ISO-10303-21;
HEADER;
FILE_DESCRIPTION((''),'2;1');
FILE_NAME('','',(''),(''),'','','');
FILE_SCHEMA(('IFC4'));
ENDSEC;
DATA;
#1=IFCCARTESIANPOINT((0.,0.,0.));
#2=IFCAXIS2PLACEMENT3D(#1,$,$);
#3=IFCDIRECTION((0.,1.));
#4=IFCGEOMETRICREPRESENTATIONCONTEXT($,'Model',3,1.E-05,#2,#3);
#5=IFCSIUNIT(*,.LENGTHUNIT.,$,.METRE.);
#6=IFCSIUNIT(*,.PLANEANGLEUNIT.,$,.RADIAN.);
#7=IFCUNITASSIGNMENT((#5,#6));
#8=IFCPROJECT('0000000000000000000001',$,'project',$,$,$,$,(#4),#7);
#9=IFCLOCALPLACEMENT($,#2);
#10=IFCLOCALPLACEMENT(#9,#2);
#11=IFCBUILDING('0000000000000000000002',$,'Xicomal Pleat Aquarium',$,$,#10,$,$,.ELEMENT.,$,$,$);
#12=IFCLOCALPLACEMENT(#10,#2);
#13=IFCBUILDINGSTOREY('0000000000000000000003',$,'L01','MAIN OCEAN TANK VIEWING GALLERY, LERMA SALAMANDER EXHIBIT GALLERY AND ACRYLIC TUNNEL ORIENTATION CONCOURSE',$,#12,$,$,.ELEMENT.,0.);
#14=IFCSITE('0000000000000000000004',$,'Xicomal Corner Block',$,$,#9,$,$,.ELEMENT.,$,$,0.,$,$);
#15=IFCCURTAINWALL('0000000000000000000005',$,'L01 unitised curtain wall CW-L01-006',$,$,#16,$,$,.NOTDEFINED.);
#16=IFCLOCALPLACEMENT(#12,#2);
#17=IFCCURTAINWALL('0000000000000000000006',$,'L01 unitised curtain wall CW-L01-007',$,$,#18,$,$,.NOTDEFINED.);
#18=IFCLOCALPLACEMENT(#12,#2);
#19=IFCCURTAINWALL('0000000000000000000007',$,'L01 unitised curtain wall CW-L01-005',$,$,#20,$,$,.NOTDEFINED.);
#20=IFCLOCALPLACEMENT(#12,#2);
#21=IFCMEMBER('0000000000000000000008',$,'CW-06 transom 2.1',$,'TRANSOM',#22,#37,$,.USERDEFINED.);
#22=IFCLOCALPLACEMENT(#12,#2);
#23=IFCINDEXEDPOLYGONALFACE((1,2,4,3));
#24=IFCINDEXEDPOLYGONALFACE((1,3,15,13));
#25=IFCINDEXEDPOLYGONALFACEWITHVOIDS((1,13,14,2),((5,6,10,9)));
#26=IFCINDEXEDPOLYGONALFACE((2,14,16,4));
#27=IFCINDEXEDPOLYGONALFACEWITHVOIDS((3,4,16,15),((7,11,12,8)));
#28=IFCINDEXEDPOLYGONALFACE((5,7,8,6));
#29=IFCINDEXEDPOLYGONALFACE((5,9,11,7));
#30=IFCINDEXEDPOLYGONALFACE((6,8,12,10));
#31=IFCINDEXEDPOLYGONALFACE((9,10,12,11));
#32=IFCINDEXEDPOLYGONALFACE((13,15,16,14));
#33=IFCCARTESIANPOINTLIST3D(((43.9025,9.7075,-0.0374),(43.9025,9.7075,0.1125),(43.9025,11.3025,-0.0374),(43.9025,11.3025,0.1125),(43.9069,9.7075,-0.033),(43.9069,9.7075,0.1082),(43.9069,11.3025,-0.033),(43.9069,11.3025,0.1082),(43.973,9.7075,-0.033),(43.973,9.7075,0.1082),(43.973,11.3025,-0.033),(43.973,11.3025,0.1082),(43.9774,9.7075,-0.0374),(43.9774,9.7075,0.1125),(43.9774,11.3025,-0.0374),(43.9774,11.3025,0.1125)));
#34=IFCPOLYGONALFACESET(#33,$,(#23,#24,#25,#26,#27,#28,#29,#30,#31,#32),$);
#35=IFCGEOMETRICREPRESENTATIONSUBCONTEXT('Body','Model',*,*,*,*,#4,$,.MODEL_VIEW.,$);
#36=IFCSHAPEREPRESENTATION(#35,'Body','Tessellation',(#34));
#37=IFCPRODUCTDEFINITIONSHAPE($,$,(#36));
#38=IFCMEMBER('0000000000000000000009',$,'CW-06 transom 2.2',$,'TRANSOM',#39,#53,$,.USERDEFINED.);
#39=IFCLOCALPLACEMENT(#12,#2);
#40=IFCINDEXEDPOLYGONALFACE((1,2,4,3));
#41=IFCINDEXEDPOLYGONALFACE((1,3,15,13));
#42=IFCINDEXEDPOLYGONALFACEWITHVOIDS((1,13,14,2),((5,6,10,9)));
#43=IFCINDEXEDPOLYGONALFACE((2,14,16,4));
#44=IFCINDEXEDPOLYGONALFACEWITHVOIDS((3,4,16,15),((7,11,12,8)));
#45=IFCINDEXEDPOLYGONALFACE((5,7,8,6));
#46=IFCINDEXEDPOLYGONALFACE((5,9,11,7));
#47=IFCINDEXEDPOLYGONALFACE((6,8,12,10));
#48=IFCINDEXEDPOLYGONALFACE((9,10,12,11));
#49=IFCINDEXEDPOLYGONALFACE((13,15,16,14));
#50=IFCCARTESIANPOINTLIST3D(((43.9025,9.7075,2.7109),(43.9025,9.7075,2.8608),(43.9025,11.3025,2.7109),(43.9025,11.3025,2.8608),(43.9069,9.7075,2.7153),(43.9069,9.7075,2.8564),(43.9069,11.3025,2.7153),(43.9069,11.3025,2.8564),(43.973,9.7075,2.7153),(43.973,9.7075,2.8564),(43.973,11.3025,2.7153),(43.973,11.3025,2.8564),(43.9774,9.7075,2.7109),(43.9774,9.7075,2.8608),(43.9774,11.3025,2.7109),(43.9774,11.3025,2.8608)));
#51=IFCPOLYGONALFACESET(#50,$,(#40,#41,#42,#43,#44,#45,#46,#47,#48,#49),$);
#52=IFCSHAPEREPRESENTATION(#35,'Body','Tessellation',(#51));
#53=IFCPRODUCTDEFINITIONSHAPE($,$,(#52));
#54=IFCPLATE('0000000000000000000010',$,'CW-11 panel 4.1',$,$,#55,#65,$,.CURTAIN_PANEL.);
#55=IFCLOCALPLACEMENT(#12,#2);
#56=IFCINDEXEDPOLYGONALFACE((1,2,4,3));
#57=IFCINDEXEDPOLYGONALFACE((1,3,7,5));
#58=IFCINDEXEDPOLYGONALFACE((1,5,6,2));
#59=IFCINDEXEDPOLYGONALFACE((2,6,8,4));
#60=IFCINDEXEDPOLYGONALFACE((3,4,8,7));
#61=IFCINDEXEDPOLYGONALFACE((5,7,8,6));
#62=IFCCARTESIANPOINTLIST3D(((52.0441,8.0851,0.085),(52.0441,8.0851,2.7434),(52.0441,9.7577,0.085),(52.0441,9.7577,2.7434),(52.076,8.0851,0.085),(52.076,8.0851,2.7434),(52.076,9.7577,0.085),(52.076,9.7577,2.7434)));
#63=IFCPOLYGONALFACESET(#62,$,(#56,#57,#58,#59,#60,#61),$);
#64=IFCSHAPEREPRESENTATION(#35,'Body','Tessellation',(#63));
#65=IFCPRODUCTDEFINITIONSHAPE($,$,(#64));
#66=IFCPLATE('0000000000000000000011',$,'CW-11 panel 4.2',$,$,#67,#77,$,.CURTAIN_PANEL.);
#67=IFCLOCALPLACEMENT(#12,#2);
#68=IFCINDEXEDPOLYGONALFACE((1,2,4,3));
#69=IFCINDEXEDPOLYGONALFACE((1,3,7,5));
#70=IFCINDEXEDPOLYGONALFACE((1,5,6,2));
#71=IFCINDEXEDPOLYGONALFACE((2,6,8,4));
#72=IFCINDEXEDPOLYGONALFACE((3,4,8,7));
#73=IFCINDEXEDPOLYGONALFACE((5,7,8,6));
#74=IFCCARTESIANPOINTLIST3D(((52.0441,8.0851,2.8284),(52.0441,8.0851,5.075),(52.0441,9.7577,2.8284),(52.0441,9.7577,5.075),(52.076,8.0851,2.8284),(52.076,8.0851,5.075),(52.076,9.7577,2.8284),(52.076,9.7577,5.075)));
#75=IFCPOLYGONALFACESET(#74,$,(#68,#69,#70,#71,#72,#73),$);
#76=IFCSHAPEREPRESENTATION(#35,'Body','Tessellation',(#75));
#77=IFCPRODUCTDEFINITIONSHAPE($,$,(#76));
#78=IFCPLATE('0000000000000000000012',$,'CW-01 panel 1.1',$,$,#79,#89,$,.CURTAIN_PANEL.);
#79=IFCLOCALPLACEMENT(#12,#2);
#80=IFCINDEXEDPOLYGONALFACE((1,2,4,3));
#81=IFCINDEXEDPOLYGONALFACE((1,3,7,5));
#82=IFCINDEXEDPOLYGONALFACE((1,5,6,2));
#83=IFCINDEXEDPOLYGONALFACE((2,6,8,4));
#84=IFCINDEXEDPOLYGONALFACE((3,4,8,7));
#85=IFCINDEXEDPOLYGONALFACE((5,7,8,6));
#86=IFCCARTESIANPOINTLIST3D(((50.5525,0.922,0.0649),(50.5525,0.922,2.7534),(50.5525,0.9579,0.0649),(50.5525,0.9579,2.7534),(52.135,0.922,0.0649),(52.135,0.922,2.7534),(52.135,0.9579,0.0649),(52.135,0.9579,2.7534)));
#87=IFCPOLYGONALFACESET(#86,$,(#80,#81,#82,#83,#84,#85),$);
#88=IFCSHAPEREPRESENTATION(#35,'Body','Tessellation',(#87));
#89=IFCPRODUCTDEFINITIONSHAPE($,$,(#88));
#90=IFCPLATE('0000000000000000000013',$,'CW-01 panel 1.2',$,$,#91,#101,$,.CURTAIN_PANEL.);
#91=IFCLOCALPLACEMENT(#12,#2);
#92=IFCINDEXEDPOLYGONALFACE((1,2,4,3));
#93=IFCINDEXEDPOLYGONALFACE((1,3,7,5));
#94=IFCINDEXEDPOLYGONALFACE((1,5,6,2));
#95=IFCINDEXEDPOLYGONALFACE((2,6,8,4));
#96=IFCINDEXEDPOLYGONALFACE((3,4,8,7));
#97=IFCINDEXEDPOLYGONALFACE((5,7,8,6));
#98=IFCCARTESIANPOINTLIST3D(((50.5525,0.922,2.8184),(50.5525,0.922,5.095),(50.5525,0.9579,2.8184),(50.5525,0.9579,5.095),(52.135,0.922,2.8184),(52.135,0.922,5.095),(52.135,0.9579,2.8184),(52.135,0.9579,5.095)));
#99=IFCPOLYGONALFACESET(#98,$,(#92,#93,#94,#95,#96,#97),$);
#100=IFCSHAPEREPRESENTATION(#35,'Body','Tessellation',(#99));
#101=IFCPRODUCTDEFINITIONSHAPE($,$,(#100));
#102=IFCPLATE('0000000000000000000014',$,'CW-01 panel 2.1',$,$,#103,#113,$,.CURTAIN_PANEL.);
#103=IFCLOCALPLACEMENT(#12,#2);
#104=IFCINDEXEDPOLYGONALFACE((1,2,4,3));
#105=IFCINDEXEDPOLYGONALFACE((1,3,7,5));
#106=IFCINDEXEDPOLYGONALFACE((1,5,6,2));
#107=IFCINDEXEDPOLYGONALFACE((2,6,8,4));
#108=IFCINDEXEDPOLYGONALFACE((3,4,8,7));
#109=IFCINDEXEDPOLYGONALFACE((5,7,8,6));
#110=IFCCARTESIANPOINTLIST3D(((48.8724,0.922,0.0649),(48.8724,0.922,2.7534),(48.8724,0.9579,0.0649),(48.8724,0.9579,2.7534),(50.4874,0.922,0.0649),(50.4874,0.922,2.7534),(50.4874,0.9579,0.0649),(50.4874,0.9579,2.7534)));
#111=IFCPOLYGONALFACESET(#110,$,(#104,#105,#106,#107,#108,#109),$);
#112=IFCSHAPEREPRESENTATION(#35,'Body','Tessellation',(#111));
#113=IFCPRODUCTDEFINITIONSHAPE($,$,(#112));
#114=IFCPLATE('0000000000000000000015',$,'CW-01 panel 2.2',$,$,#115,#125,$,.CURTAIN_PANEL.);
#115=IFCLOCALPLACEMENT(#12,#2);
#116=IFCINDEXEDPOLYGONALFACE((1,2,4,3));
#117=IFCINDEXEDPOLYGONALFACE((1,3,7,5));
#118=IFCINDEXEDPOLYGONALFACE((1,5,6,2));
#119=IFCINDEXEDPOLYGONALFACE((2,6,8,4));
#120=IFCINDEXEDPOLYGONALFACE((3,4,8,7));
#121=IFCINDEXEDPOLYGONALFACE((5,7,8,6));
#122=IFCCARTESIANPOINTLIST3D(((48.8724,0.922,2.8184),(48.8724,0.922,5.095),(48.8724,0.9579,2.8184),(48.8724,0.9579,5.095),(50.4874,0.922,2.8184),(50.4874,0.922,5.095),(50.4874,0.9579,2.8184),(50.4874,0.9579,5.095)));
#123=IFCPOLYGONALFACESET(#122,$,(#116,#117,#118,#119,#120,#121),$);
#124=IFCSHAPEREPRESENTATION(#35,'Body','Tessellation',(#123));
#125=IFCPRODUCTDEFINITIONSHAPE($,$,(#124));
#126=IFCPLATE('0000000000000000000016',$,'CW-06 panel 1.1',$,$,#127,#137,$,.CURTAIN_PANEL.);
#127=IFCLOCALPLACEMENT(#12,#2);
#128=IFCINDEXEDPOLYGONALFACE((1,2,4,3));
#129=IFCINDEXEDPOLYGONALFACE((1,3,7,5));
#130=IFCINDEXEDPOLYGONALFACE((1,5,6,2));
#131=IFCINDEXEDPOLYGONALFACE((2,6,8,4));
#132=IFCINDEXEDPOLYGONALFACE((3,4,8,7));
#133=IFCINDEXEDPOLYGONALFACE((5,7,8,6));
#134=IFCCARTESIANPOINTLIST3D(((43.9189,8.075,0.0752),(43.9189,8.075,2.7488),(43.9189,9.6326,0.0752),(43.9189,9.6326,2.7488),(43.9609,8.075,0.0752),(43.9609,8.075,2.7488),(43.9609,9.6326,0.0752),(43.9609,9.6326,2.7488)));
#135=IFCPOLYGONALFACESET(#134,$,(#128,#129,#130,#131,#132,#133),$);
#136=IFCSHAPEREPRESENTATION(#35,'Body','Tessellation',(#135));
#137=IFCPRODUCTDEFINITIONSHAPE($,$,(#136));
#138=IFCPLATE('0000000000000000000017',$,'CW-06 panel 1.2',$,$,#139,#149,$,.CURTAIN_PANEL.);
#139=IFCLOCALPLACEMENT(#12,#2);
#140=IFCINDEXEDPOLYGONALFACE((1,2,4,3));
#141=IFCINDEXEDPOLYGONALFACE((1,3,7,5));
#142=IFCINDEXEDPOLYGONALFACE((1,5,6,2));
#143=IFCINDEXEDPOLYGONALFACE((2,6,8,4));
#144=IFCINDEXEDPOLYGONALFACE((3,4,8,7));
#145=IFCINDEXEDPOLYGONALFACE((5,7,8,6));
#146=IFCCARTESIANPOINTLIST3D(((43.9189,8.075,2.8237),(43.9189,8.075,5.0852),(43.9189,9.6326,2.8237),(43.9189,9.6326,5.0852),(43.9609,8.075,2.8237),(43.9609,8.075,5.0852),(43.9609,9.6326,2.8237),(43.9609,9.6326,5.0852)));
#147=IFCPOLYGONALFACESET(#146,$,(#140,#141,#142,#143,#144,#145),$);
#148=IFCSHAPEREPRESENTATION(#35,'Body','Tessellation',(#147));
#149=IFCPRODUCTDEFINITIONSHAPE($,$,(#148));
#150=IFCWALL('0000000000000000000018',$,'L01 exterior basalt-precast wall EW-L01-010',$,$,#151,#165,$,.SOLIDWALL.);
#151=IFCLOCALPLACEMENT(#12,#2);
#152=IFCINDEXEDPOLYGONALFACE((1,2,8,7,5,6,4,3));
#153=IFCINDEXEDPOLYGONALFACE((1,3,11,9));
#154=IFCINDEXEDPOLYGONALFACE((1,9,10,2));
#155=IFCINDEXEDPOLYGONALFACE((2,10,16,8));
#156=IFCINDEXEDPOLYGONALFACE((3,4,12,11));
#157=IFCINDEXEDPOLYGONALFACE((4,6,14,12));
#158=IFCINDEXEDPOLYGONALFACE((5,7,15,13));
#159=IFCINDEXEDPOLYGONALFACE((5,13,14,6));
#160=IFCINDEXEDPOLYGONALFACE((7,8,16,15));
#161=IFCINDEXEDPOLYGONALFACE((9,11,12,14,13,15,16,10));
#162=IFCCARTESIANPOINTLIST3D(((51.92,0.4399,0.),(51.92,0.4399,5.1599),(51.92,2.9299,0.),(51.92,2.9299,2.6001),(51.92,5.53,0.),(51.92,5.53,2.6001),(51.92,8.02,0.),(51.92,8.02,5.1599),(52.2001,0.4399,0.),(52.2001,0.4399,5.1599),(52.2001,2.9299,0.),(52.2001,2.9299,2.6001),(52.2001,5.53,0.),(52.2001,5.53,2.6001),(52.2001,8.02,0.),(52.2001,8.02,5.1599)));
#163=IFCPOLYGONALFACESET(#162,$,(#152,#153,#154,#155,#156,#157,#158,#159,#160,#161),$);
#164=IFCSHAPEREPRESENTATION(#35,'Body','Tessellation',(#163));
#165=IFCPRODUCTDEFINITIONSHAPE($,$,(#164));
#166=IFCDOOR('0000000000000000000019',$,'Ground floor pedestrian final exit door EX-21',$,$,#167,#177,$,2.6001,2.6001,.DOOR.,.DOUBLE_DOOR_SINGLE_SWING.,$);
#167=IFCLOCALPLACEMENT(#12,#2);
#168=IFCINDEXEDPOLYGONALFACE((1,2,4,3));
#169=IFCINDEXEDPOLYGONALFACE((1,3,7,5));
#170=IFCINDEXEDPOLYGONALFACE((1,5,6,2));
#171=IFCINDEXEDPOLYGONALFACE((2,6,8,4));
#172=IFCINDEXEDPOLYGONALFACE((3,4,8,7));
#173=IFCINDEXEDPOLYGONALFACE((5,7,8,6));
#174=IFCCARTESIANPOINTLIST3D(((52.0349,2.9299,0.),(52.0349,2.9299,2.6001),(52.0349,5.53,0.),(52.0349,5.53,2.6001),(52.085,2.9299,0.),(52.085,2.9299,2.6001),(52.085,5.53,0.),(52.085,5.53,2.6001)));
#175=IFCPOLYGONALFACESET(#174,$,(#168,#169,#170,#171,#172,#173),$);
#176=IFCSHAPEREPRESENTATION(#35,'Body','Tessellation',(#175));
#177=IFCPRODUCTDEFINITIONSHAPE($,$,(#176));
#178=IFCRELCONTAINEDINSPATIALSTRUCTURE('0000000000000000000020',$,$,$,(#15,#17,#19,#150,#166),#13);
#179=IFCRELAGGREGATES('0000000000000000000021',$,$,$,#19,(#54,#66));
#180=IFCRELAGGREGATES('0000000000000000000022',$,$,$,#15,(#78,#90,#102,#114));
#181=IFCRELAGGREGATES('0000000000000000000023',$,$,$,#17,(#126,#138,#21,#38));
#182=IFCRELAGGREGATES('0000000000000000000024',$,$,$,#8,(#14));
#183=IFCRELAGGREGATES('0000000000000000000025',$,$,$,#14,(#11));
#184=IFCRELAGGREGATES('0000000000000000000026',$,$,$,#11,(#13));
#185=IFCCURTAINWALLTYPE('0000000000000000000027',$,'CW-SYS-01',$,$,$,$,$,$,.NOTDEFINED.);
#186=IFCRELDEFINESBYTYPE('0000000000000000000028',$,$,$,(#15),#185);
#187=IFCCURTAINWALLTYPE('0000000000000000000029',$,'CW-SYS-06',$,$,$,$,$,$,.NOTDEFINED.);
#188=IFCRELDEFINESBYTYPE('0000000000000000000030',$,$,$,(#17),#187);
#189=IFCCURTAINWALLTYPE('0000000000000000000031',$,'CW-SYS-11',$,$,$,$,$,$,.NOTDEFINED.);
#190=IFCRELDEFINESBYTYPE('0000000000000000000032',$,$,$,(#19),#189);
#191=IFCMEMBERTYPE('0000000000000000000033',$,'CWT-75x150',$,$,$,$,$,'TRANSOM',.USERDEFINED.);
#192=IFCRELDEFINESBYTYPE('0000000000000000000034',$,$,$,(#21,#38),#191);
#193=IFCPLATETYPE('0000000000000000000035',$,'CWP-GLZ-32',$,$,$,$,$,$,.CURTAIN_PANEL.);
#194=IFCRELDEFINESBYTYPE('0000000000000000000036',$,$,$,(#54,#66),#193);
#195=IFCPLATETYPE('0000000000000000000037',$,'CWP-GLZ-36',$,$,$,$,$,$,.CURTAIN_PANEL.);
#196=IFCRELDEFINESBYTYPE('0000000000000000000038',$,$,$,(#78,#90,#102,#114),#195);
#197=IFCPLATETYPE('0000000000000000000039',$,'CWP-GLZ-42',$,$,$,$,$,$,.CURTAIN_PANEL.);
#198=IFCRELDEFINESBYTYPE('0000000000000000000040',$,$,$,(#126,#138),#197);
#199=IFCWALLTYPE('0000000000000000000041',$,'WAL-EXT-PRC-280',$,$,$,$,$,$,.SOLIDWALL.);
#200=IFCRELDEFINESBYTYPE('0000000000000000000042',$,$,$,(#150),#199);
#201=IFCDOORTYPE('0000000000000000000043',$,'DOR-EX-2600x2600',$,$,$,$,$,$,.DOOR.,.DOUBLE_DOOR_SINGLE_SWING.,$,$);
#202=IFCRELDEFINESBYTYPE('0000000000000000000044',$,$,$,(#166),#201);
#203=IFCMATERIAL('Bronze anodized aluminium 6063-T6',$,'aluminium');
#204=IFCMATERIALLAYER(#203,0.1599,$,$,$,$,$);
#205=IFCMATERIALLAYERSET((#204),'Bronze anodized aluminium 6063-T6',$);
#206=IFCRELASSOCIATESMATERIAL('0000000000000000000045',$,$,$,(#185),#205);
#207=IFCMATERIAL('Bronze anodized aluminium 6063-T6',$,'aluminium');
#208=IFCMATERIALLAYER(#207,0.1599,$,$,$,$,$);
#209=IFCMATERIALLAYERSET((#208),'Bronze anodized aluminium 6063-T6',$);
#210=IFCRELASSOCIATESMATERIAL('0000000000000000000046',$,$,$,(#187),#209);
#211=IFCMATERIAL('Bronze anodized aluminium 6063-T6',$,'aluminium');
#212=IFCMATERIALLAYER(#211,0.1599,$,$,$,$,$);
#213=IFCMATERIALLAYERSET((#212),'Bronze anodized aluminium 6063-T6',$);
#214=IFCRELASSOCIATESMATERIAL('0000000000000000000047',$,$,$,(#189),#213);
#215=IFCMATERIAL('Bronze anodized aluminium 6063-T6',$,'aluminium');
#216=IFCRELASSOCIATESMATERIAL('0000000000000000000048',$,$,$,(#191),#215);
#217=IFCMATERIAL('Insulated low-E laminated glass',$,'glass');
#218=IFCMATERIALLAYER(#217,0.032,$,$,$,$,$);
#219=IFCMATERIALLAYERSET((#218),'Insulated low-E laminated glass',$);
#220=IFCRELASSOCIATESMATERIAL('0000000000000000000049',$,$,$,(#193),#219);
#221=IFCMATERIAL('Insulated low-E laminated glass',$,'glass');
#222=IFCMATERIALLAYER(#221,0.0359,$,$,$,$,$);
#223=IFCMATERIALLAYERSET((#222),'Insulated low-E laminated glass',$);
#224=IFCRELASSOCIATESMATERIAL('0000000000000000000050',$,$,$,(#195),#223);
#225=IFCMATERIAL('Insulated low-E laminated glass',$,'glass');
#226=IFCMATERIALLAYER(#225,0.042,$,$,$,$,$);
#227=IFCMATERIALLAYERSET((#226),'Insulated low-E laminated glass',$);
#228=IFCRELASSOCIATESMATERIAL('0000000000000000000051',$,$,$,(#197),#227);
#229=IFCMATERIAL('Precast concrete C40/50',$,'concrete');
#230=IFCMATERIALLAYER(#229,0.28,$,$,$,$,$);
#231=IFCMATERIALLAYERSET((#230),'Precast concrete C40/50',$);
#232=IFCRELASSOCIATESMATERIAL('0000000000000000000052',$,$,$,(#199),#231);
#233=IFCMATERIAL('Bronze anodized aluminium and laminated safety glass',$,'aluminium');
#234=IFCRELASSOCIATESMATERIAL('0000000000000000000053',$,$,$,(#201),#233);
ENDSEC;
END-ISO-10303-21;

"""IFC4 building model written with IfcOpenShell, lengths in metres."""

from ifc_helpers import new_model, si_unit, direction, frame, frame_2d, origin, origin_2d, place, context, subcontext, project, spatial, rectangle, hollow_rectangle, extrude, material, layer, layer_set, material_profile, profile_set, type_object, element, fill, aggregate, save


model = new_model("IFC4")

# Units and contexts
model_context = context("Model", 3, precision=1e-05, world=origin(), true_north=direction((0.0, 1.0)))
body_context = subcontext(model_context, "Body", "Model", "MODEL_VIEW")
ifc_project = project(units=[si_unit("LENGTHUNIT", "METRE"), si_unit("PLANEANGLEUNIT", "RADIAN")], contexts=[model_context])

# Site, building, storey
site_placement = place(None, origin())
site = spatial("IfcSite", under=ifc_project, at=site_placement, Name="Xicomal Corner Block", CompositionType="ELEMENT", RefElevation=0.0)
building_placement = place(site_placement, origin())
building = spatial("IfcBuilding", under=site, at=building_placement, Name="Xicomal Pleat Aquarium", CompositionType="ELEMENT")
storey_placement = place(building_placement, origin())
storey = spatial("IfcBuildingStorey", under=building, at=storey_placement, Name="L01", Description="MAIN OCEAN TANK VIEWING GALLERY, LERMA SALAMANDER EXHIBIT GALLERY AND ACRYLIC TUNNEL ORIENTATION CONCOURSE", CompositionType="ELEMENT", Elevation=0.0)

# Curtain wall
ifc_material_1 = material(Name="Bronze anodized aluminium 6063-T6", Category="aluminium")
ifc_layer_1 = layer(ifc_material_1, 0.1599)
ifc_layer_set_1 = layer_set([ifc_layer_1], Name="Bronze anodized aluminium 6063-T6")
curtain_wall_type_1 = type_object("IfcCurtainWallType", Name="CW-SYS-01", PredefinedType="NOTDEFINED", material=ifc_layer_set_1)
curtain_wall_1_placement = place(storey_placement, origin())
curtain_wall_1 = element("IfcCurtainWall", 1, at=curtain_wall_1_placement, inside=storey, type_object=curtain_wall_type_1, Name="L01 unitised curtain wall CW-L01-006", PredefinedType="NOTDEFINED")

# Curtain wall
ifc_material_2 = material(Name="Bronze anodized aluminium 6063-T6", Category="aluminium")
ifc_layer_2 = layer(ifc_material_2, 0.1599)
ifc_layer_set_2 = layer_set([ifc_layer_2], Name="Bronze anodized aluminium 6063-T6")
curtain_wall_type_2 = type_object("IfcCurtainWallType", Name="CW-SYS-06", PredefinedType="NOTDEFINED", material=ifc_layer_set_2)
curtain_wall_2_placement = place(storey_placement, origin())
curtain_wall_2 = element("IfcCurtainWall", 2, at=curtain_wall_2_placement, inside=storey, type_object=curtain_wall_type_2, Name="L01 unitised curtain wall CW-L01-007", PredefinedType="NOTDEFINED")

# Curtain wall
ifc_material_3 = material(Name="Bronze anodized aluminium 6063-T6", Category="aluminium")
ifc_layer_3 = layer(ifc_material_3, 0.1599)
ifc_layer_set_3 = layer_set([ifc_layer_3], Name="Bronze anodized aluminium 6063-T6")
curtain_wall_type_3 = type_object("IfcCurtainWallType", Name="CW-SYS-11", PredefinedType="NOTDEFINED", material=ifc_layer_set_3)
curtain_wall_3_placement = place(storey_placement, origin())
curtain_wall_3 = element("IfcCurtainWall", 3, at=curtain_wall_3_placement, inside=storey, type_object=curtain_wall_type_3, Name="L01 unitised curtain wall CW-L01-005", PredefinedType="NOTDEFINED")

# Members
ifc_material_4 = material(Name="Bronze anodized aluminium 6063-T6", Category="aluminium")
ifc_material_profile_1 = material_profile(ifc_material_4, hollow_rectangle(XDim=0.075, YDim=0.1499, WallThickness=0.0044, at=origin_2d()), Name="ALU TRAN 75x150")
ifc_profile_set_1 = profile_set([ifc_material_profile_1], Name="Bronze anodized aluminium 6063-T6")
member_type_1 = type_object("IfcMemberType", Name="CWT-75x150", ElementType="TRANSOM", PredefinedType="USERDEFINED", material=ifc_profile_set_1)
member_1_placement = place(storey_placement, frame((43.9399, 9.7075, 0.0376), z_axis=(0.0, 1.0, 0.0), x_axis=(-1.0, 0.0, 0.0)))
member_1 = element("IfcMember", 4, at=member_1_placement, type_object=member_type_1, Name="CW-06 transom 2.1", ObjectType="TRANSOM", PredefinedType="USERDEFINED", context=body_context, shape_type="SweptSolid", body=[
    extrude(hollow_rectangle(XDim=0.075, YDim=0.1499, WallThickness=0.0044, at=origin_2d()), origin(), (0.0, 0.0, 1.0), 1.595),
])
member_2_placement = place(storey_placement, frame((43.9399, 9.7075, 2.7859), z_axis=(0.0, 1.0, 0.0), x_axis=(-1.0, 0.0, 0.0)))
member_2 = element("IfcMember", 5, at=member_2_placement, type_object=member_type_1, Name="CW-06 transom 2.2", ObjectType="TRANSOM", PredefinedType="USERDEFINED", context=body_context, shape_type="SweptSolid", body=[
    extrude(hollow_rectangle(XDim=0.075, YDim=0.1499, WallThickness=0.0044, at=origin_2d()), origin(), (0.0, 0.0, 1.0), 1.595),
])

# Plates
ifc_material_5 = material(Name="Insulated low-E laminated glass", Category="glass")
ifc_layer_4 = layer(ifc_material_5, 0.032)
ifc_layer_set_4 = layer_set([ifc_layer_4], Name="Insulated low-E laminated glass")
plate_type_1 = type_object("IfcPlateType", Name="CWP-GLZ-32", PredefinedType="CURTAIN_PANEL", material=ifc_layer_set_4)
plate_1_placement = place(storey_placement, frame((52.0601, 8.9214, 0.085), z_axis=(0.0, 0.0, 1.0), x_axis=(0.0, -1.0, 0.0)))
plate_1 = element("IfcPlate", 6, at=plate_1_placement, type_object=plate_type_1, Name="CW-11 panel 4.1", PredefinedType="CURTAIN_PANEL", context=body_context, shape_type="SweptSolid", body=[
    extrude(rectangle(XDim=1.6726, YDim=0.032, at=origin_2d()), origin(), (0.0, 0.0, 1.0), 2.6584),
])
plate_2_placement = place(storey_placement, frame((52.0601, 8.9214, 2.8284), z_axis=(0.0, 0.0, 1.0), x_axis=(0.0, -1.0, 0.0)))
plate_2 = element("IfcPlate", 7, at=plate_2_placement, type_object=plate_type_1, Name="CW-11 panel 4.2", PredefinedType="CURTAIN_PANEL", context=body_context, shape_type="SweptSolid", body=[
    extrude(rectangle(XDim=1.6726, YDim=0.032, at=origin_2d()), origin(), (0.0, 0.0, 1.0), 2.2466),
])
aggregate(curtain_wall_3, [plate_1, plate_2])
ifc_material_6 = material(Name="Insulated low-E laminated glass", Category="glass")
ifc_layer_5 = layer(ifc_material_6, 0.0359)
ifc_layer_set_5 = layer_set([ifc_layer_5], Name="Insulated low-E laminated glass")
plate_type_2 = type_object("IfcPlateType", Name="CWP-GLZ-36", PredefinedType="CURTAIN_PANEL", material=ifc_layer_set_5)
plate_3_placement = place(storey_placement, frame((51.3438, 0.9399, 0.0649), z_axis=(0.0, 0.0, 1.0), x_axis=(-1.0, 0.0, 0.0)))
plate_3 = element("IfcPlate", 8, at=plate_3_placement, type_object=plate_type_2, Name="CW-01 panel 1.1", PredefinedType="CURTAIN_PANEL", context=body_context, shape_type="SweptSolid", body=[
    extrude(rectangle(XDim=1.5825, YDim=0.0359, at=origin_2d()), origin(), (0.0, 0.0, 1.0), 2.6885),
])
plate_4_placement = place(storey_placement, frame((51.3438, 0.9399, 2.8184), z_axis=(0.0, 0.0, 1.0), x_axis=(-1.0, 0.0, 0.0)))
plate_4 = element("IfcPlate", 9, at=plate_4_placement, type_object=plate_type_2, Name="CW-01 panel 1.2", PredefinedType="CURTAIN_PANEL", context=body_context, shape_type="SweptSolid", body=[
    extrude(rectangle(XDim=1.5825, YDim=0.0359, at=origin_2d()), origin(), (0.0, 0.0, 1.0), 2.2766),
])
plate_5_placement = place(storey_placement, frame((49.6799, 0.9399, 0.0649), z_axis=(0.0, 0.0, 1.0), x_axis=(-1.0, 0.0, 0.0)))
plate_5 = element("IfcPlate", 10, at=plate_5_placement, type_object=plate_type_2, Name="CW-01 panel 2.1", PredefinedType="CURTAIN_PANEL", context=body_context, shape_type="SweptSolid", body=[
    extrude(rectangle(XDim=1.615, YDim=0.0359, at=origin_2d()), origin(), (0.0, 0.0, 1.0), 2.6885),
])
plate_6_placement = place(storey_placement, frame((49.6799, 0.9399, 2.8184), z_axis=(0.0, 0.0, 1.0), x_axis=(-1.0, 0.0, 0.0)))
plate_6 = element("IfcPlate", 11, at=plate_6_placement, type_object=plate_type_2, Name="CW-01 panel 2.2", PredefinedType="CURTAIN_PANEL", context=body_context, shape_type="SweptSolid", body=[
    extrude(rectangle(XDim=1.615, YDim=0.0359, at=origin_2d()), origin(), (0.0, 0.0, 1.0), 2.2766),
])
aggregate(curtain_wall_1, [plate_3, plate_4, plate_5, plate_6])
ifc_material_7 = material(Name="Insulated low-E laminated glass", Category="glass")
ifc_layer_6 = layer(ifc_material_7, 0.042)
ifc_layer_set_6 = layer_set([ifc_layer_6], Name="Insulated low-E laminated glass")
plate_type_3 = type_object("IfcPlateType", Name="CWP-GLZ-42", PredefinedType="CURTAIN_PANEL", material=ifc_layer_set_6)
plate_7_placement = place(storey_placement, frame((43.9399, 8.8538, 0.0752), z_axis=(0.0, 0.0, 1.0), x_axis=(0.0, 1.0, 0.0)))
plate_7 = element("IfcPlate", 12, at=plate_7_placement, type_object=plate_type_3, Name="CW-06 panel 1.1", PredefinedType="CURTAIN_PANEL", context=body_context, shape_type="SweptSolid", body=[
    extrude(rectangle(XDim=1.5576, YDim=0.042, at=origin_2d()), origin(), (0.0, 0.0, 1.0), 2.6736),
])
plate_8_placement = place(storey_placement, frame((43.9399, 8.8538, 2.8237), z_axis=(0.0, 0.0, 1.0), x_axis=(0.0, 1.0, 0.0)))
plate_8 = element("IfcPlate", 13, at=plate_8_placement, type_object=plate_type_3, Name="CW-06 panel 1.2", PredefinedType="CURTAIN_PANEL", context=body_context, shape_type="SweptSolid", body=[
    extrude(rectangle(XDim=1.5576, YDim=0.042, at=origin_2d()), origin(), (0.0, 0.0, 1.0), 2.2615),
])
aggregate(curtain_wall_2, [plate_7, plate_8, member_1, member_2])

# Wall, opening, door
ifc_material_8 = material(Name="Precast concrete C40/50", Category="concrete")
ifc_layer_7 = layer(ifc_material_8, 0.28)
ifc_layer_set_7 = layer_set([ifc_layer_7], Name="Precast concrete C40/50")
wall_type = type_object("IfcWallType", Name="WAL-EXT-PRC-280", PredefinedType="SOLIDWALL", material=ifc_layer_set_7)
wall_placement = place(storey_placement, frame((52.0601, 8.02, 0.0), z_axis=(0.0, 0.0, 1.0), x_axis=(0.0, -1.0, 0.0)))
wall = element("IfcWall", 14, at=wall_placement, inside=storey, type_object=wall_type, Name="L01 exterior basalt-precast wall EW-L01-010", PredefinedType="SOLIDWALL", context=body_context, shape_type="SweptSolid", body=[
    extrude(rectangle(XDim=7.5801, YDim=0.28, at=frame_2d((3.79, 0.0))), origin(), (0.0, 0.0, 1.0), 5.1599),
])
opening_placement = place(wall_placement, frame((2.49, 0.0, 0.0)))
opening = element("IfcOpeningElement", 15, at=opening_placement, cuts=wall, PredefinedType="OPENING", context=body_context, shape_type="SweptSolid", body=[
    extrude(rectangle(XDim=2.6001, YDim=2.6001, at=frame_2d((1.3, 1.3))), frame((0.0, 0.1499, 0.0), z_axis=(0.0, -1.0, 0.0), x_axis=(1.0, 0.0, 0.0)), (0.0, 0.0, 1.0), 0.3),
])
ifc_material_9 = material(Name="Bronze anodized aluminium and laminated safety glass", Category="aluminium")
door_type = type_object("IfcDoorType", Name="DOR-EX-2600x2600", OperationType="DOUBLE_DOOR_SINGLE_SWING", PredefinedType="DOOR", material=ifc_material_9)
door_placement = place(opening_placement, origin())
door = element("IfcDoor", 16, at=door_placement, inside=storey, type_object=door_type, Name="Ground floor pedestrian final exit door EX-21", OperationType="DOUBLE_DOOR_SINGLE_SWING", OverallHeight=2.6001, OverallWidth=2.6001, PredefinedType="DOOR", context=body_context, shape_type="SweptSolid", body=[
    extrude(rectangle(XDim=2.6001, YDim=2.6001, at=frame_2d((1.3, 1.3))), frame((0.0, 0.0249, 0.0), z_axis=(0.0, -1.0, 0.0), x_axis=(1.0, 0.0, 0.0)), (0.0, 0.0, 1.0), 0.05),
])
fill(opening, door)

save(model, "model.ifc")
